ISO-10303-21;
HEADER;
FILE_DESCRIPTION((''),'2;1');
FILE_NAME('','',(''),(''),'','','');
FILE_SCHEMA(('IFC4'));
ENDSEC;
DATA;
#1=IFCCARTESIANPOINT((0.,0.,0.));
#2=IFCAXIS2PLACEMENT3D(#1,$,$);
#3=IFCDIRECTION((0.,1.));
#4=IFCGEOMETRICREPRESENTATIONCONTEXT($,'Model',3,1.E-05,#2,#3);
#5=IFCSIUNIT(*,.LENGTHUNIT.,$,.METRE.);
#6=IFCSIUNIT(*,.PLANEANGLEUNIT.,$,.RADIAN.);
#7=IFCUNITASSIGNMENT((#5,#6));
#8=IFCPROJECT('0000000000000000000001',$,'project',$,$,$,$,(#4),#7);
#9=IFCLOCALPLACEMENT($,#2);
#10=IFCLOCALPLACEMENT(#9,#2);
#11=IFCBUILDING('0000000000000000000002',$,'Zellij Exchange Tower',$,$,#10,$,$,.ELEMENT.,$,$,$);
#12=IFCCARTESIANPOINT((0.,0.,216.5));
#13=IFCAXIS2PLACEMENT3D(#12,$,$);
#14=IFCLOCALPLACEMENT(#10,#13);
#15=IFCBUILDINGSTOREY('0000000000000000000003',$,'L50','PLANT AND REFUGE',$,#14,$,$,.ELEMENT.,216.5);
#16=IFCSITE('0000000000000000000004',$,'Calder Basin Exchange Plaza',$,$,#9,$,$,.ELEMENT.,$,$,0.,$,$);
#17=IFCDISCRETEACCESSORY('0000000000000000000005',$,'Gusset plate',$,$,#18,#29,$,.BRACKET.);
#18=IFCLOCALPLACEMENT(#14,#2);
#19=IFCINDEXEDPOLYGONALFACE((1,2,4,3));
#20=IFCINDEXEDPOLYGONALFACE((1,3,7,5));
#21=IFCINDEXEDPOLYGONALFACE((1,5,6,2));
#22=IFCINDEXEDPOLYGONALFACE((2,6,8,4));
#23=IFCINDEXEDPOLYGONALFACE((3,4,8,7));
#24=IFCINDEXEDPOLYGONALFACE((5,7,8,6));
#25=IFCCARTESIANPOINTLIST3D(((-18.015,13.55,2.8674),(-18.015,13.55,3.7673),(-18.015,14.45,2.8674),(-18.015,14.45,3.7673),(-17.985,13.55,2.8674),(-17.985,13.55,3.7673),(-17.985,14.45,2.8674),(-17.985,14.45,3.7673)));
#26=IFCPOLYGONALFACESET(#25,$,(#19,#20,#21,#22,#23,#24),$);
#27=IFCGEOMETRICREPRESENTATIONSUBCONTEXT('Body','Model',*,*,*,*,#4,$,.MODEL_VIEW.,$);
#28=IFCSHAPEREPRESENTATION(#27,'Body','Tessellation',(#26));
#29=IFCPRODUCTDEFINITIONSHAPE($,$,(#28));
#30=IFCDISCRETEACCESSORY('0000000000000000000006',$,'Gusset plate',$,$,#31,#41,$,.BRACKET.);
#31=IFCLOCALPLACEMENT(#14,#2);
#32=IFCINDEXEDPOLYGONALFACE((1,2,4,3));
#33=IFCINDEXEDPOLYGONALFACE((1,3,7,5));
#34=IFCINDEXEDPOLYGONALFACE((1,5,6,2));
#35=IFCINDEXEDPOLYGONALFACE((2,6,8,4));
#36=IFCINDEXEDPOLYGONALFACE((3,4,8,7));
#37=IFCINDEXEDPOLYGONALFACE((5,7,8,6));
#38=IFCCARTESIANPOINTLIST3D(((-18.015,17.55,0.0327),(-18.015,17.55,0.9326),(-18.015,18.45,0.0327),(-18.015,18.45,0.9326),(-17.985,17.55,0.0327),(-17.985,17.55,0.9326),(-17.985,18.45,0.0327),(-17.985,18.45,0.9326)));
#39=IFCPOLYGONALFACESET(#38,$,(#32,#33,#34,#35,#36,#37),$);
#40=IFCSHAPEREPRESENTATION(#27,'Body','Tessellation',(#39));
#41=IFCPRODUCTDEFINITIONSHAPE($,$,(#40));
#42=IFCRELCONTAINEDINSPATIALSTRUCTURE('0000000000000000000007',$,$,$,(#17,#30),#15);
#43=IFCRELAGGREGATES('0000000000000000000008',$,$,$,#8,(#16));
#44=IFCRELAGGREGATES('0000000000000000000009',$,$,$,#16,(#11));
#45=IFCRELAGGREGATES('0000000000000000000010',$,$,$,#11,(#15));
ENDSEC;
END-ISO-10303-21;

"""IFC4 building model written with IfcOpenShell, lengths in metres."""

from ifc_helpers import new_model, si_unit, direction, frame, origin, origin_2d, place, context, subcontext, project, spatial, rectangle, extrude, element, save


model = new_model("IFC4")

# Units and contexts
model_context = context("Model", 3, precision=1e-05, world=origin(), true_north=direction((0.0, 1.0)))
body_context = subcontext(model_context, "Body", "Model", "MODEL_VIEW")
ifc_project = project(units=[si_unit("LENGTHUNIT", "METRE"), si_unit("PLANEANGLEUNIT", "RADIAN")], contexts=[model_context])

# Site, building, storey
site_placement = place(None, origin())
site = spatial("IfcSite", under=ifc_project, at=site_placement, Name="Calder Basin Exchange Plaza", CompositionType="ELEMENT", RefElevation=0.0)
building_placement = place(site_placement, origin())
building = spatial("IfcBuilding", under=site, at=building_placement, Name="Zellij Exchange Tower", CompositionType="ELEMENT")
storey_placement = place(building_placement, frame((0.0, 0.0, 216.5)))
storey = spatial("IfcBuildingStorey", under=building, at=storey_placement, Name="L50", Description="PLANT AND REFUGE", CompositionType="ELEMENT", Elevation=216.5)

# Discrete accessories
for number, where, z_axis, x_axis, name in (
    (1, (-18.0, 14.0, 2.8674), (0.0, 0.0, 1.0), (0.0, 1.0, 0.0), "Gusset plate"),
    (2, (-18.0, 18.0, 0.0327), (0.0, 0.0, 1.0), (0.0, 1.0, 0.0), "Gusset plate"),
):
    element("IfcDiscreteAccessory", number, at=place(storey_placement, frame(where, z_axis=z_axis, x_axis=x_axis)), inside=storey, Name=name, PredefinedType="BRACKET", context=body_context, shape_type="SweptSolid", body=[
        extrude(rectangle(XDim=0.8999, YDim=0.03, at=origin_2d()), origin(), (0.0, 0.0, 1.0), 0.8999),
    ])

save(model, "model.ifc")
